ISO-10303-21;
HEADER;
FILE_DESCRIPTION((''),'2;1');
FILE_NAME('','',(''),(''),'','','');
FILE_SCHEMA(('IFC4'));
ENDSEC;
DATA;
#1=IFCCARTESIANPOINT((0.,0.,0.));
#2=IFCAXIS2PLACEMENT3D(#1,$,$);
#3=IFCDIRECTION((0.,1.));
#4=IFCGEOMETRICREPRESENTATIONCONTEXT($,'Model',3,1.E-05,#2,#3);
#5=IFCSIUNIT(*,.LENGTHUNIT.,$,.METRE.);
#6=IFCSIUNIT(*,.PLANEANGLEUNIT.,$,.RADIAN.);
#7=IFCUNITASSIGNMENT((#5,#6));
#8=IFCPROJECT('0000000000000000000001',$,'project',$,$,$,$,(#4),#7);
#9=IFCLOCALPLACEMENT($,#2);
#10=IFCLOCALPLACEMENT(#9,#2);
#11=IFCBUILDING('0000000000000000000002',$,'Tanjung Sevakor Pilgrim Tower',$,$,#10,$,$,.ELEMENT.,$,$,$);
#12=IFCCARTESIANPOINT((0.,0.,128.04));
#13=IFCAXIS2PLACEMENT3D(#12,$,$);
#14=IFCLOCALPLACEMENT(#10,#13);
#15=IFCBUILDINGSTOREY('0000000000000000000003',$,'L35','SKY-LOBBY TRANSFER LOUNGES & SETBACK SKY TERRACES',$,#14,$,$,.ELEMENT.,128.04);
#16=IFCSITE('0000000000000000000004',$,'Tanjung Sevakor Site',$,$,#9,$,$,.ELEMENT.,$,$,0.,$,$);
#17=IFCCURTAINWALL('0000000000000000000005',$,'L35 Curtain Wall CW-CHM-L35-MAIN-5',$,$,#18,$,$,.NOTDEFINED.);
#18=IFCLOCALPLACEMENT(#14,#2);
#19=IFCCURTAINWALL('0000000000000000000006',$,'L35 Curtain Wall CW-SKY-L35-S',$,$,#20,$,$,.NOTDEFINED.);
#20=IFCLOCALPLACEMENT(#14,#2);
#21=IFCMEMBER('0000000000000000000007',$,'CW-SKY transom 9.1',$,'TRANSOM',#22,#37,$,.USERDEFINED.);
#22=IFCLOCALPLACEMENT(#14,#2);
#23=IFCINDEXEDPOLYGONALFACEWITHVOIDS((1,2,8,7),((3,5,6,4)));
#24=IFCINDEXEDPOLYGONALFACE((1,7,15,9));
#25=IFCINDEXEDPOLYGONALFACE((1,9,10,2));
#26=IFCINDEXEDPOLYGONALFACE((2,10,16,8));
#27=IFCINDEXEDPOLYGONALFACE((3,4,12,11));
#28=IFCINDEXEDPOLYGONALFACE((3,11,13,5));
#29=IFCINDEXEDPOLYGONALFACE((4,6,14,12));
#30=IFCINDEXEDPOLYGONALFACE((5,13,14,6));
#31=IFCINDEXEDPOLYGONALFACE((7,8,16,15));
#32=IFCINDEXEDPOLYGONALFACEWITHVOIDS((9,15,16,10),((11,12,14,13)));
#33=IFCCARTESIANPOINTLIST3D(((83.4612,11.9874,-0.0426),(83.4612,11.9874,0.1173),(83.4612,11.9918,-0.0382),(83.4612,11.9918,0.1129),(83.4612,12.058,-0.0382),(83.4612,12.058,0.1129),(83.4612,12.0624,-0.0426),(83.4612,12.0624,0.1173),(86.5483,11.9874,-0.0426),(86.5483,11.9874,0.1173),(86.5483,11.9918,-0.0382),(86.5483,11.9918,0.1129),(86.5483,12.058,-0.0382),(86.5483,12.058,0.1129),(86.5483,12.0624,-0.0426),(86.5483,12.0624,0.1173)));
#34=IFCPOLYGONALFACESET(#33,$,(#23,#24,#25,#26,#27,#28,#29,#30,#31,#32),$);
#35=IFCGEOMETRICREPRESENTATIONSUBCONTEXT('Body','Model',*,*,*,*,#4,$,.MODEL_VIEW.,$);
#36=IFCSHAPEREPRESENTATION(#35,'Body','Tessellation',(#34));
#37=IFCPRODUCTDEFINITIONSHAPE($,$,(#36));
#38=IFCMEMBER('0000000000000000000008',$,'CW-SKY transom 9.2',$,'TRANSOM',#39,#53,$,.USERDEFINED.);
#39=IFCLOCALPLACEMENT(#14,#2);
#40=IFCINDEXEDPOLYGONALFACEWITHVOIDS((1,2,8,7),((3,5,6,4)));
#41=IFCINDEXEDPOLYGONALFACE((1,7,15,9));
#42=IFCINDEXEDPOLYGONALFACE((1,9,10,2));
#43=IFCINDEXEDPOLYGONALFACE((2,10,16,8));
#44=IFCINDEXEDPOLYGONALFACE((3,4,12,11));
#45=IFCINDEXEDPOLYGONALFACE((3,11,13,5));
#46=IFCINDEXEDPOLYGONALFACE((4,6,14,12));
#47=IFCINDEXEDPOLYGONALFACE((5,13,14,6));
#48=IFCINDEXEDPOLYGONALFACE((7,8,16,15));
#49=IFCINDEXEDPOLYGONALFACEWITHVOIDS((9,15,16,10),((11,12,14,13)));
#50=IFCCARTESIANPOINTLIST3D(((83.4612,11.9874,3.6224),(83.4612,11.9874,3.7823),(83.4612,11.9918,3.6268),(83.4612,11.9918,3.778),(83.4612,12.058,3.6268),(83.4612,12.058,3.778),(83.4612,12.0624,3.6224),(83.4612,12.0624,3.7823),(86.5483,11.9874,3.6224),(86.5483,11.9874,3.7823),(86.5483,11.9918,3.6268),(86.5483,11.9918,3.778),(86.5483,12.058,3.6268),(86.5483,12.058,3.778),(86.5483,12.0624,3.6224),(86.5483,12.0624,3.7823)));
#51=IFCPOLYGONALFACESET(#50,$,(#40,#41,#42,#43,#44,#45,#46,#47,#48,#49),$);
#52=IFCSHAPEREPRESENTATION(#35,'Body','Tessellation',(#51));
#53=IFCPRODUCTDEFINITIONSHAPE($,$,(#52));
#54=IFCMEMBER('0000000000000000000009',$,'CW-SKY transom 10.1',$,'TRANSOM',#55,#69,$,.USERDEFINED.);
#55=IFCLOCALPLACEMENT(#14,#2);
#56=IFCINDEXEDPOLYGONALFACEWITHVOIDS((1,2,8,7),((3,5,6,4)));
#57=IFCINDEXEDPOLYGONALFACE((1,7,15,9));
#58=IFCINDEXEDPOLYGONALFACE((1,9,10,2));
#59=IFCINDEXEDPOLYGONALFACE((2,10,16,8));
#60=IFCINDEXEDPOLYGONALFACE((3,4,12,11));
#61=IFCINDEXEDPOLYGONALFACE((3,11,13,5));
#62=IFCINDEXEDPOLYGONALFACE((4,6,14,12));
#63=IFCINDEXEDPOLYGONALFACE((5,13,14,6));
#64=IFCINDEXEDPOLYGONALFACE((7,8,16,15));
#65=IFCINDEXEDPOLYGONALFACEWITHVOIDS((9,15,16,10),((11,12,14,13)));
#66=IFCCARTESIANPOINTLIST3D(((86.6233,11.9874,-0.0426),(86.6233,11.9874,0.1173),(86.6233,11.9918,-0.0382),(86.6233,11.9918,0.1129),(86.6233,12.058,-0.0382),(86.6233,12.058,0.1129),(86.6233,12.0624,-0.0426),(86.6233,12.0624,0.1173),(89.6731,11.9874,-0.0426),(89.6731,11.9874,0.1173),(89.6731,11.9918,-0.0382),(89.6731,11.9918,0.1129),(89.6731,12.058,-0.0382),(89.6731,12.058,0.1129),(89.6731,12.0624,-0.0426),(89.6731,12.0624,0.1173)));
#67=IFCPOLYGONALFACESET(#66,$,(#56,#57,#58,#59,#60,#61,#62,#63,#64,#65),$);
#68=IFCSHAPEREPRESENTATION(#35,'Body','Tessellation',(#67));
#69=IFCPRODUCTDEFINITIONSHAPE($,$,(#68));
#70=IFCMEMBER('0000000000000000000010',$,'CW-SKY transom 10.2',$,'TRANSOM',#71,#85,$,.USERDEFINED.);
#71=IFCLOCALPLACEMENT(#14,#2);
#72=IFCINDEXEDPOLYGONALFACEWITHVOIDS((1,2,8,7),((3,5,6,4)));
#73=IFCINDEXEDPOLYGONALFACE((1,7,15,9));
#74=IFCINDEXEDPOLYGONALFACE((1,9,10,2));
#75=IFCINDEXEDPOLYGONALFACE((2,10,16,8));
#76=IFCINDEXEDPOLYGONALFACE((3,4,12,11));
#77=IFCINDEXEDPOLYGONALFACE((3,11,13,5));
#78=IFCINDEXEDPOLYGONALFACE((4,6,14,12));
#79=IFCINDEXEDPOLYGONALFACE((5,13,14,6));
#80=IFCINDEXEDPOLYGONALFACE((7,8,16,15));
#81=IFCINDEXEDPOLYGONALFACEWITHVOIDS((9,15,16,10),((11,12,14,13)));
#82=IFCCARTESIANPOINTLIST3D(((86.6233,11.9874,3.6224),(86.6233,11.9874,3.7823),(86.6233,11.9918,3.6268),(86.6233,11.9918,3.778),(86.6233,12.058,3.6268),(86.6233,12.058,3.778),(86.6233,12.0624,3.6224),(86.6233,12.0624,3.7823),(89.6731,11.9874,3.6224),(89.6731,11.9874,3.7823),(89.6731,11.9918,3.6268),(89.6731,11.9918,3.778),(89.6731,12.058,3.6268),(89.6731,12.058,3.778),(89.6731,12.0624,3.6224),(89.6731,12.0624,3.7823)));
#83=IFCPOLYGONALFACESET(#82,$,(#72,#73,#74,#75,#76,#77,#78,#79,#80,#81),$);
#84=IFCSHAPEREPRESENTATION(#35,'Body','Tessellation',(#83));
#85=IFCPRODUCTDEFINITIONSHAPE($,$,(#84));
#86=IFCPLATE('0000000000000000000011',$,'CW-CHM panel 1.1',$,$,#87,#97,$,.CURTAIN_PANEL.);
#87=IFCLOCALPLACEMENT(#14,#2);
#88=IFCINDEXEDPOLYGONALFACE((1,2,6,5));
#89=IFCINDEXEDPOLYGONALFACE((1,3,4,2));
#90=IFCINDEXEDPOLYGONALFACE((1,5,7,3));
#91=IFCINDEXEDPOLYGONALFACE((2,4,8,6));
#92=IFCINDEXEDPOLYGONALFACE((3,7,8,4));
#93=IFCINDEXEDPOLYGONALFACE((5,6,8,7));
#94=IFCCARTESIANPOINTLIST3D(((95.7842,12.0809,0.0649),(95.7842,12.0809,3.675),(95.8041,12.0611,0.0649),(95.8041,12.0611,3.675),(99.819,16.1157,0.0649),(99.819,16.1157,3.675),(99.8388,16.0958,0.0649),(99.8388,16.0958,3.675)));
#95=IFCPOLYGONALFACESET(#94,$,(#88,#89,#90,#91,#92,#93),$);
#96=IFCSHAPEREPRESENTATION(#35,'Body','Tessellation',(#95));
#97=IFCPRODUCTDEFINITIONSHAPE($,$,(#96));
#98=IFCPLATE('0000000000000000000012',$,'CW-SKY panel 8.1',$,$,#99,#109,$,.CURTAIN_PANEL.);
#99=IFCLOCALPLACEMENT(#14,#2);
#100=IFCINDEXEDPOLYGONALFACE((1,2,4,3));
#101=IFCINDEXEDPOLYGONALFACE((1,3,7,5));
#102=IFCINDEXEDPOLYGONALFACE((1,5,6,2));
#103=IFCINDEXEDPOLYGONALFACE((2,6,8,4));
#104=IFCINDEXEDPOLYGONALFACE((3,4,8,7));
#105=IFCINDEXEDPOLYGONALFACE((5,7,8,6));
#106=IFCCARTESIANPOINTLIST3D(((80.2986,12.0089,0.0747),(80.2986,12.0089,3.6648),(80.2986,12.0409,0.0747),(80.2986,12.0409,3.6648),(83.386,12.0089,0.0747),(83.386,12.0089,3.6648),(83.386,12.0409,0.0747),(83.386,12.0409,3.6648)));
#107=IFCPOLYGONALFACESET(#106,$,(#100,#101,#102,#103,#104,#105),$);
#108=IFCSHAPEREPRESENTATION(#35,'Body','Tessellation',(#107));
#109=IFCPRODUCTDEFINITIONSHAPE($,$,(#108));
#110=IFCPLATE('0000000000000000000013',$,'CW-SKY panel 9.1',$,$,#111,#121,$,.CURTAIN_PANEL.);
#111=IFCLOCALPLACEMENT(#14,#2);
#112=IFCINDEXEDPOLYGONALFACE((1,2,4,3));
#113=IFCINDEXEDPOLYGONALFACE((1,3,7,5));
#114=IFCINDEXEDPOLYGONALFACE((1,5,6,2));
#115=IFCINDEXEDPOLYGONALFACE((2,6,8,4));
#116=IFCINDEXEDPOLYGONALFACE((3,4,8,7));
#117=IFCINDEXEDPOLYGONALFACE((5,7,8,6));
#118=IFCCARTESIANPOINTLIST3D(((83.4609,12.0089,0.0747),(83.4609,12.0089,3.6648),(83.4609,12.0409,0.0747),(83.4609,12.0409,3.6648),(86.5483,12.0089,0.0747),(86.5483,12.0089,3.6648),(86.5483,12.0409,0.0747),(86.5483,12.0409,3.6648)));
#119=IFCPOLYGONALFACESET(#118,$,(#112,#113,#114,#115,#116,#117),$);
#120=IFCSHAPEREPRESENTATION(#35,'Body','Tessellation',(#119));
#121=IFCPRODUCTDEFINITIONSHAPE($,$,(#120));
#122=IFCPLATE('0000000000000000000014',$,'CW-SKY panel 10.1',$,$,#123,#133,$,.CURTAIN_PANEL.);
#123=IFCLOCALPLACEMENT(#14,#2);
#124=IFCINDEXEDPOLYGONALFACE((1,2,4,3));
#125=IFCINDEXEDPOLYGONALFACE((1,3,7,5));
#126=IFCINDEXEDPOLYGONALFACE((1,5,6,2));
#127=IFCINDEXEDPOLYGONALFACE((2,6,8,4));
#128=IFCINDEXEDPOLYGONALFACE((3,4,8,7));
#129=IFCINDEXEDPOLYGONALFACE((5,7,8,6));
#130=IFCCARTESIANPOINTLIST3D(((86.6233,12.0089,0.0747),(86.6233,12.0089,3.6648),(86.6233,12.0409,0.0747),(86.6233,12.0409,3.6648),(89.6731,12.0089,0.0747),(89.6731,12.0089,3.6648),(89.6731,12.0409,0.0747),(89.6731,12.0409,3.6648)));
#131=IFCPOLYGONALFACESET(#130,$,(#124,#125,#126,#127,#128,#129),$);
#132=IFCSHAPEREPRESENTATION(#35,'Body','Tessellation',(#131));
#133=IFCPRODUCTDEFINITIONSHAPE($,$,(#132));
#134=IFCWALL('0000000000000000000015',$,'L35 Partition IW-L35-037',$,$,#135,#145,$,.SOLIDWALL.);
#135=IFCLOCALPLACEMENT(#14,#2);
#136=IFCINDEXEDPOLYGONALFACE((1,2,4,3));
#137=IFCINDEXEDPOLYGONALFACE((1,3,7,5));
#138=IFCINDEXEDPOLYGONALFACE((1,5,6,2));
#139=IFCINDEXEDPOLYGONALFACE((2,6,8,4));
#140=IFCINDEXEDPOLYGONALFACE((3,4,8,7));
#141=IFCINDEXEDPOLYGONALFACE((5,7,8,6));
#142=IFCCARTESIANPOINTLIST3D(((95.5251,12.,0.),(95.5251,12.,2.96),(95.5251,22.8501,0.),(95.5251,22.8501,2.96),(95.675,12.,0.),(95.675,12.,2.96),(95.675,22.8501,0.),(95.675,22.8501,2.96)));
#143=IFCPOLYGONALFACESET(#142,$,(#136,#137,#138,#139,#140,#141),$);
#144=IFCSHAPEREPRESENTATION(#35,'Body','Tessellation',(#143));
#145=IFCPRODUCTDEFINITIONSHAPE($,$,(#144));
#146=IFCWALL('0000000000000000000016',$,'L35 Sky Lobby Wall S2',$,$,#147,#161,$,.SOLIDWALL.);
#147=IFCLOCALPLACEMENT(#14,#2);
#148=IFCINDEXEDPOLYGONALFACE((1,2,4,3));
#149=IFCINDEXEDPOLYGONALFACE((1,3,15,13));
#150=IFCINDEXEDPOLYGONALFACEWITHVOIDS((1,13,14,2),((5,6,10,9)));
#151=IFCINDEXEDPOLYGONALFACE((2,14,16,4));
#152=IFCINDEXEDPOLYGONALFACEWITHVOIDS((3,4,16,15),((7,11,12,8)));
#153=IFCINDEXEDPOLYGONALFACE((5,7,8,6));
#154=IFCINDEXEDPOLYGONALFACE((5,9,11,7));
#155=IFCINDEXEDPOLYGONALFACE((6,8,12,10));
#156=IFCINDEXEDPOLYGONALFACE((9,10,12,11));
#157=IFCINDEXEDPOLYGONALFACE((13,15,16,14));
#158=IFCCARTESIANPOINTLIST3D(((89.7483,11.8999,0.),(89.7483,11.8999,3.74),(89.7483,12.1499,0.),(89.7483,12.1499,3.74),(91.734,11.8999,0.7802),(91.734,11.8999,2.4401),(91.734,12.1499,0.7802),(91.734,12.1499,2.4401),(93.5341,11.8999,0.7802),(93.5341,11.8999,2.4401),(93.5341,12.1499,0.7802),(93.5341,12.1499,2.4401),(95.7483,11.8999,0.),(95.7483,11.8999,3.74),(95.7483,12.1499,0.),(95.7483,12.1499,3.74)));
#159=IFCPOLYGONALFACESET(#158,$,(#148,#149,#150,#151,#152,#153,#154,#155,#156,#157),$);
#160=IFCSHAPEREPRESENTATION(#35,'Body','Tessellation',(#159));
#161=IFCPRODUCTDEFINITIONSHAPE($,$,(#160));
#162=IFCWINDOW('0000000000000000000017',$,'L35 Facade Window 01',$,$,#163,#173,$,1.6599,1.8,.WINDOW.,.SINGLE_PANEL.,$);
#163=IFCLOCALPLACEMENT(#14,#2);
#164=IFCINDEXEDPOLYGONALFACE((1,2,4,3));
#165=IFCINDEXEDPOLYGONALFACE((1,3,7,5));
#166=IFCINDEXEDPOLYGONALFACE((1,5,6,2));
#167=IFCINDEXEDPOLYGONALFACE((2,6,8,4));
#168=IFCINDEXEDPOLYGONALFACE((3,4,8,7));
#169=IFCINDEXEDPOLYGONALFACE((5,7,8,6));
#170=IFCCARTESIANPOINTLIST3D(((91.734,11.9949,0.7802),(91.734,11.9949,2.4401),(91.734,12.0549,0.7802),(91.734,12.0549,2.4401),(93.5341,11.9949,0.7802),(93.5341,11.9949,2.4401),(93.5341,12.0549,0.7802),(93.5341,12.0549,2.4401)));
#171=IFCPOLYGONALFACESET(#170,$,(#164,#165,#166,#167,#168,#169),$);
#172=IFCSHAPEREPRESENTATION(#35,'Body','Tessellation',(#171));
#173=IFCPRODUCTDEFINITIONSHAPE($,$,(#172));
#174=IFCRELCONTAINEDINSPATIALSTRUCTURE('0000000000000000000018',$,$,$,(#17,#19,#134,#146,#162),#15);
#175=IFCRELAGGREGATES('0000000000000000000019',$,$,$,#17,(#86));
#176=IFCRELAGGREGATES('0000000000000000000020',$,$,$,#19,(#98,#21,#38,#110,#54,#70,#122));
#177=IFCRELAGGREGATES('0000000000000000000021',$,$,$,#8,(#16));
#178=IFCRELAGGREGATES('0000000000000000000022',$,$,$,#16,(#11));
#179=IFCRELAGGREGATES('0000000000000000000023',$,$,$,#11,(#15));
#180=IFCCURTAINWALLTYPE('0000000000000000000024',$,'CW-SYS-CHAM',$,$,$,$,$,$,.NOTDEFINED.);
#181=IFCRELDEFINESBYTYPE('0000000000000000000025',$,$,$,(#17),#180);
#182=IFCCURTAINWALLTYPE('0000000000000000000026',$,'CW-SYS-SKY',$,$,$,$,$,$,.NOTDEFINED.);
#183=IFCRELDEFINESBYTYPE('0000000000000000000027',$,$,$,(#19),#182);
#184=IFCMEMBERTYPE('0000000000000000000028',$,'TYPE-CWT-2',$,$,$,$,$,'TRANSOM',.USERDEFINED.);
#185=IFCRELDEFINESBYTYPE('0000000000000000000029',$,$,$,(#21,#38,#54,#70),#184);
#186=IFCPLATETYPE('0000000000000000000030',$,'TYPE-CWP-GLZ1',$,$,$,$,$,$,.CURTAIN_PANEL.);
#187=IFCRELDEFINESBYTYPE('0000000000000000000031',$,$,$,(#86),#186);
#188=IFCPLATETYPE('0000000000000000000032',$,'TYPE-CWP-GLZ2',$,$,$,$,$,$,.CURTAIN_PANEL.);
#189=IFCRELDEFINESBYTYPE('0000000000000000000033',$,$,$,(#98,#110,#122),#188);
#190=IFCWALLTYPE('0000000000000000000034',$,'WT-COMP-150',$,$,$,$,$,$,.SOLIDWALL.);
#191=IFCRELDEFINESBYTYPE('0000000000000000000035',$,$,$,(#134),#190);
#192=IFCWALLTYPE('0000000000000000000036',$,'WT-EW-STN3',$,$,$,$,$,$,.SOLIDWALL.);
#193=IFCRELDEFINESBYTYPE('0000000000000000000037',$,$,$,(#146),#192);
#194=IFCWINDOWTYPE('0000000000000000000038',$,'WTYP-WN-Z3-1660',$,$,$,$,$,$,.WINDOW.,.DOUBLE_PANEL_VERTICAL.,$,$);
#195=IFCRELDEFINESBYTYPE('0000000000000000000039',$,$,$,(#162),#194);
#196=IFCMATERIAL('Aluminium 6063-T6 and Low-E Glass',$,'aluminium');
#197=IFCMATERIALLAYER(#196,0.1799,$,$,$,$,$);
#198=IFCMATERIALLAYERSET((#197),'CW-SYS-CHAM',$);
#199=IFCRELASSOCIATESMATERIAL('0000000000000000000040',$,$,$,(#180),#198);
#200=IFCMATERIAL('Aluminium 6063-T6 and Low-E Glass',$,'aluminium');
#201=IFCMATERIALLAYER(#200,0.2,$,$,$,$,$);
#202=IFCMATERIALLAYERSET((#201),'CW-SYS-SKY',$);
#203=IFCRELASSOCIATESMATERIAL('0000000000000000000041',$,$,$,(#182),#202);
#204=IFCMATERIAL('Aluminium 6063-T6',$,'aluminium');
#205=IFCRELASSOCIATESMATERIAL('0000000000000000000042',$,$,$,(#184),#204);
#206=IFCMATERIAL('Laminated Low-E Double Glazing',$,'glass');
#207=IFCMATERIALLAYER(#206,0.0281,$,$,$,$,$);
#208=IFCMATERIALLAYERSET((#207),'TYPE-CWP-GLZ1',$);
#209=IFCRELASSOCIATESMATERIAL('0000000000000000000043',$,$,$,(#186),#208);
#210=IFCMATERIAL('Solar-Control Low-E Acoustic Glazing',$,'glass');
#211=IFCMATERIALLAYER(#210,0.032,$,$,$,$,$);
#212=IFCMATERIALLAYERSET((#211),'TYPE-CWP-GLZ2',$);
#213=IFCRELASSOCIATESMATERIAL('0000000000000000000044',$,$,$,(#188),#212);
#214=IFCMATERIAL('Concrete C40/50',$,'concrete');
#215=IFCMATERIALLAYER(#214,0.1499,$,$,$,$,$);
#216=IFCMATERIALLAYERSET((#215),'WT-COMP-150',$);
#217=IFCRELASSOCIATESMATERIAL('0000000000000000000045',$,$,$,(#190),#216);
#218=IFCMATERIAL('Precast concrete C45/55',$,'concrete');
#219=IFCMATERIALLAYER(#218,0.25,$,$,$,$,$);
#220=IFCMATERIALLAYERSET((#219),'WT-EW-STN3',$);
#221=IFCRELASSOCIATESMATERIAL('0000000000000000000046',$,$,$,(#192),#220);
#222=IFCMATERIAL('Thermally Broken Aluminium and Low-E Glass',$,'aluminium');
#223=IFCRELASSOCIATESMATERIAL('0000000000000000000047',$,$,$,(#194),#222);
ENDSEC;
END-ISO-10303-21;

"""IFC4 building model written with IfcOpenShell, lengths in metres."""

from ifc_helpers import new_model, si_unit, direction, frame, frame_2d, origin, origin_2d, place, context, subcontext, project, spatial, rectangle, hollow_rectangle, extrude, material, layer, layer_set, material_profile, profile_set, type_object, element, fill, aggregate, save


model = new_model("IFC4")

# Units and contexts
model_context = context("Model", 3, precision=1e-05, world=origin(), true_north=direction((0.0, 1.0)))
body_context = subcontext(model_context, "Body", "Model", "MODEL_VIEW")
ifc_project = project(units=[si_unit("LENGTHUNIT", "METRE"), si_unit("PLANEANGLEUNIT", "RADIAN")], contexts=[model_context])

# Site, building, storey
site_placement = place(None, origin())
site = spatial("IfcSite", under=ifc_project, at=site_placement, Name="Tanjung Sevakor Site", CompositionType="ELEMENT", RefElevation=0.0)
building_placement = place(site_placement, origin())
building = spatial("IfcBuilding", under=site, at=building_placement, Name="Tanjung Sevakor Pilgrim Tower", CompositionType="ELEMENT")
storey_placement = place(building_placement, frame((0.0, 0.0, 128.04)))
storey = spatial("IfcBuildingStorey", under=building, at=storey_placement, Name="L35", Description="SKY-LOBBY TRANSFER LOUNGES & SETBACK SKY TERRACES", CompositionType="ELEMENT", Elevation=128.04)

# Curtain walls
ifc_material_1 = material(Name="Aluminium 6063-T6 and Low-E Glass", Category="aluminium")
ifc_layer_1 = layer(ifc_material_1, 0.1799)
ifc_layer_set_1 = layer_set([ifc_layer_1], Name="CW-SYS-CHAM")
curtain_wall_type_1 = type_object("IfcCurtainWallType", Name="CW-SYS-CHAM", PredefinedType="NOTDEFINED", material=ifc_layer_set_1)
curtain_wall_1_placement = place(storey_placement, origin())
curtain_wall_1 = element("IfcCurtainWall", 1, at=curtain_wall_1_placement, inside=storey, type_object=curtain_wall_type_1, Name="L35 Curtain Wall CW-CHM-L35-MAIN-5", PredefinedType="NOTDEFINED")
ifc_material_2 = material(Name="Aluminium 6063-T6 and Low-E Glass", Category="aluminium")
ifc_layer_2 = layer(ifc_material_2, 0.2)
ifc_layer_set_2 = layer_set([ifc_layer_2], Name="CW-SYS-SKY")
curtain_wall_type_2 = type_object("IfcCurtainWallType", Name="CW-SYS-SKY", PredefinedType="NOTDEFINED", material=ifc_layer_set_2)
curtain_wall_2_placement = place(storey_placement, origin())
curtain_wall_2 = element("IfcCurtainWall", 2, at=curtain_wall_2_placement, inside=storey, type_object=curtain_wall_type_2, Name="L35 Curtain Wall CW-SKY-L35-S", PredefinedType="NOTDEFINED")

# Members
ifc_material_3 = material(Name="Aluminium 6063-T6", Category="aluminium")
ifc_material_profile_1 = material_profile(ifc_material_3, hollow_rectangle(XDim=0.075, YDim=0.1599, WallThickness=0.0044, at=origin_2d()))
ifc_profile_set_1 = profile_set([ifc_material_profile_1], Name="Aluminium 6063-T6")
member_type_1 = type_object("IfcMemberType", Name="TYPE-CWT-2", ElementType="TRANSOM", PredefinedType="USERDEFINED", material=ifc_profile_set_1)
member_1_placement = place(storey_placement, frame((83.4612, 12.0249, 0.0374), z_axis=(1.0, 0.0, 0.0), x_axis=(0.0, 1.0, 0.0)))
member_1 = element("IfcMember", 3, at=member_1_placement, type_object=member_type_1, Name="CW-SKY transom 9.1", ObjectType="TRANSOM", PredefinedType="USERDEFINED", context=body_context, shape_type="SweptSolid", body=[
    extrude(hollow_rectangle(XDim=0.075, YDim=0.1599, WallThickness=0.0044, at=origin_2d()), origin(), (0.0, 0.0, 1.0), 3.0872),
])
member_2_placement = place(storey_placement, frame((83.4612, 12.0249, 3.7024), z_axis=(1.0, 0.0, 0.0), x_axis=(0.0, 1.0, 0.0)))
member_2 = element("IfcMember", 4, at=member_2_placement, type_object=member_type_1, Name="CW-SKY transom 9.2", ObjectType="TRANSOM", PredefinedType="USERDEFINED", context=body_context, shape_type="SweptSolid", body=[
    extrude(hollow_rectangle(XDim=0.075, YDim=0.1599, WallThickness=0.0044, at=origin_2d()), origin(), (0.0, 0.0, 1.0), 3.0872),
])
member_3_placement = place(storey_placement, frame((86.6233, 12.0249, 0.0374), z_axis=(1.0, 0.0, 0.0), x_axis=(0.0, 1.0, 0.0)))
member_3 = element("IfcMember", 5, at=member_3_placement, type_object=member_type_1, Name="CW-SKY transom 10.1", ObjectType="TRANSOM", PredefinedType="USERDEFINED", context=body_context, shape_type="SweptSolid", body=[
    extrude(hollow_rectangle(XDim=0.075, YDim=0.1599, WallThickness=0.0044, at=origin_2d()), origin(), (0.0, 0.0, 1.0), 3.0498),
])
member_4_placement = place(storey_placement, frame((86.6233, 12.0249, 3.7024), z_axis=(1.0, 0.0, 0.0), x_axis=(0.0, 1.0, 0.0)))
member_4 = element("IfcMember", 6, at=member_4_placement, type_object=member_type_1, Name="CW-SKY transom 10.2", ObjectType="TRANSOM", PredefinedType="USERDEFINED", context=body_context, shape_type="SweptSolid", body=[
    extrude(hollow_rectangle(XDim=0.075, YDim=0.1599, WallThickness=0.0044, at=origin_2d()), origin(), (0.0, 0.0, 1.0), 3.0498),
])

# Plates
ifc_material_4 = material(Name="Laminated Low-E Double Glazing", Category="glass")
ifc_layer_3 = layer(ifc_material_4, 0.0281)
ifc_layer_set_3 = layer_set([ifc_layer_3], Name="TYPE-CWP-GLZ1")
plate_type_1 = type_object("IfcPlateType", Name="TYPE-CWP-GLZ1", PredefinedType="CURTAIN_PANEL", material=ifc_layer_set_3)
plate_1_placement = place(storey_placement, frame((97.8115, 14.0884, 0.0649), z_axis=(0.0, 0.0, 1.0), x_axis=(0.707107, 0.707107, 0.0)))
plate_1 = element("IfcPlate", 7, at=plate_1_placement, type_object=plate_type_1, Name="CW-CHM panel 1.1", PredefinedType="CURTAIN_PANEL", context=body_context, shape_type="SweptSolid", body=[
    extrude(rectangle(XDim=5.7061, YDim=0.0281, at=origin_2d()), origin(), (0.0, 0.0, 1.0), 3.6101),
])
aggregate(curtain_wall_1, [plate_1])
ifc_material_5 = material(Name="Solar-Control Low-E Acoustic Glazing", Category="glass")
ifc_layer_4 = layer(ifc_material_5, 0.032)
ifc_layer_set_4 = layer_set([ifc_layer_4], Name="TYPE-CWP-GLZ2")
plate_type_2 = type_object("IfcPlateType", Name="TYPE-CWP-GLZ2", PredefinedType="CURTAIN_PANEL", material=ifc_layer_set_4)
plate_2_placement = place(storey_placement, frame((81.8423, 12.0249, 0.0747), z_axis=(0.0, 0.0, 1.0), x_axis=(1.0, 0.0, 0.0)))
plate_2 = element("IfcPlate", 8, at=plate_2_placement, type_object=plate_type_2, Name="CW-SKY panel 8.1", PredefinedType="CURTAIN_PANEL", context=body_context, shape_type="SweptSolid", body=[
    extrude(rectangle(XDim=3.0874, YDim=0.032, at=origin_2d()), origin(), (0.0, 0.0, 1.0), 3.5901),
])
plate_3_placement = place(storey_placement, frame((85.0046, 12.0249, 0.0747), z_axis=(0.0, 0.0, 1.0), x_axis=(1.0, 0.0, 0.0)))
plate_3 = element("IfcPlate", 9, at=plate_3_placement, type_object=plate_type_2, Name="CW-SKY panel 9.1", PredefinedType="CURTAIN_PANEL", context=body_context, shape_type="SweptSolid", body=[
    extrude(rectangle(XDim=3.0874, YDim=0.032, at=origin_2d()), origin(), (0.0, 0.0, 1.0), 3.5901),
])
plate_4_placement = place(storey_placement, frame((88.1482, 12.0249, 0.0747), z_axis=(0.0, 0.0, 1.0), x_axis=(1.0, 0.0, 0.0)))
plate_4 = element("IfcPlate", 10, at=plate_4_placement, type_object=plate_type_2, Name="CW-SKY panel 10.1", PredefinedType="CURTAIN_PANEL", context=body_context, shape_type="SweptSolid", body=[
    extrude(rectangle(XDim=3.0498, YDim=0.032, at=origin_2d()), origin(), (0.0, 0.0, 1.0), 3.5901),
])
aggregate(curtain_wall_2, [plate_2, member_1, member_2, plate_3, member_3, member_4, plate_4])

# Wall
ifc_material_6 = material(Name="Concrete C40/50", Category="concrete")
ifc_layer_5 = layer(ifc_material_6, 0.1499)
ifc_layer_set_5 = layer_set([ifc_layer_5], Name="WT-COMP-150")
wall_type_1 = type_object("IfcWallType", Name="WT-COMP-150", PredefinedType="SOLIDWALL", material=ifc_layer_set_5)
wall_1_placement = place(storey_placement, frame((95.6001, 12.0, 0.0), z_axis=(0.0, 0.0, 1.0), x_axis=(0.0, 1.0, 0.0)))
element("IfcWall", 11, at=wall_1_placement, inside=storey, type_object=wall_type_1, Name="L35 Partition IW-L35-037", PredefinedType="SOLIDWALL", context=body_context, shape_type="SweptSolid", body=[
    extrude(rectangle(XDim=10.8501, YDim=0.1499, at=frame_2d((5.425, 0.0))), origin(), (0.0, 0.0, 1.0), 2.96),
])

# Wall, opening, window
ifc_material_7 = material(Name="Precast concrete C45/55", Category="concrete")
ifc_layer_6 = layer(ifc_material_7, 0.25)
ifc_layer_set_6 = layer_set([ifc_layer_6], Name="WT-EW-STN3")
wall_type_2 = type_object("IfcWallType", Name="WT-EW-STN3", PredefinedType="SOLIDWALL", material=ifc_layer_set_6)
wall_2_placement = place(storey_placement, frame((89.7483, 12.0249, 0.0), z_axis=(0.0, 0.0, 1.0), x_axis=(1.0, 0.0, 0.0)))
wall_2 = element("IfcWall", 12, at=wall_2_placement, inside=storey, type_object=wall_type_2, Name="L35 Sky Lobby Wall S2", PredefinedType="SOLIDWALL", context=body_context, shape_type="SweptSolid", body=[
    extrude(rectangle(XDim=6.0, YDim=0.25, at=frame_2d((3.0, 0.0))), origin(), (0.0, 0.0, 1.0), 3.74),
])
opening_placement = place(wall_2_placement, frame((1.9858, 0.0, 0.78)))
opening = element("IfcOpeningElement", 13, at=opening_placement, cuts=wall_2, PredefinedType="OPENING", context=body_context, shape_type="SweptSolid", body=[
    extrude(rectangle(XDim=1.8, YDim=1.6599, at=frame_2d((0.8999, 0.8301))), frame((0.0, 0.135, 0.0), z_axis=(0.0, -1.0, 0.0), x_axis=(1.0, 0.0, 0.0)), (0.0, 0.0, 1.0), 0.27),
])
ifc_material_8 = material(Name="Thermally Broken Aluminium and Low-E Glass", Category="aluminium")
window_type = type_object("IfcWindowType", Name="WTYP-WN-Z3-1660", PartitioningType="DOUBLE_PANEL_VERTICAL", PredefinedType="WINDOW", material=ifc_material_8)
window_placement = place(opening_placement, origin())
window = element("IfcWindow", 14, at=window_placement, inside=storey, type_object=window_type, Name="L35 Facade Window 01", OverallHeight=1.6599, OverallWidth=1.8, PartitioningType="SINGLE_PANEL", PredefinedType="WINDOW", context=body_context, shape_type="SweptSolid", body=[
    extrude(rectangle(XDim=1.8, YDim=1.6599, at=frame_2d((0.8999, 0.8301))), frame((0.0, 0.03, 0.0), z_axis=(0.0, -1.0, 0.0), x_axis=(1.0, 0.0, 0.0)), (0.0, 0.0, 1.0), 0.0601),
])
fill(opening, window)

save(model, "model.ifc")
